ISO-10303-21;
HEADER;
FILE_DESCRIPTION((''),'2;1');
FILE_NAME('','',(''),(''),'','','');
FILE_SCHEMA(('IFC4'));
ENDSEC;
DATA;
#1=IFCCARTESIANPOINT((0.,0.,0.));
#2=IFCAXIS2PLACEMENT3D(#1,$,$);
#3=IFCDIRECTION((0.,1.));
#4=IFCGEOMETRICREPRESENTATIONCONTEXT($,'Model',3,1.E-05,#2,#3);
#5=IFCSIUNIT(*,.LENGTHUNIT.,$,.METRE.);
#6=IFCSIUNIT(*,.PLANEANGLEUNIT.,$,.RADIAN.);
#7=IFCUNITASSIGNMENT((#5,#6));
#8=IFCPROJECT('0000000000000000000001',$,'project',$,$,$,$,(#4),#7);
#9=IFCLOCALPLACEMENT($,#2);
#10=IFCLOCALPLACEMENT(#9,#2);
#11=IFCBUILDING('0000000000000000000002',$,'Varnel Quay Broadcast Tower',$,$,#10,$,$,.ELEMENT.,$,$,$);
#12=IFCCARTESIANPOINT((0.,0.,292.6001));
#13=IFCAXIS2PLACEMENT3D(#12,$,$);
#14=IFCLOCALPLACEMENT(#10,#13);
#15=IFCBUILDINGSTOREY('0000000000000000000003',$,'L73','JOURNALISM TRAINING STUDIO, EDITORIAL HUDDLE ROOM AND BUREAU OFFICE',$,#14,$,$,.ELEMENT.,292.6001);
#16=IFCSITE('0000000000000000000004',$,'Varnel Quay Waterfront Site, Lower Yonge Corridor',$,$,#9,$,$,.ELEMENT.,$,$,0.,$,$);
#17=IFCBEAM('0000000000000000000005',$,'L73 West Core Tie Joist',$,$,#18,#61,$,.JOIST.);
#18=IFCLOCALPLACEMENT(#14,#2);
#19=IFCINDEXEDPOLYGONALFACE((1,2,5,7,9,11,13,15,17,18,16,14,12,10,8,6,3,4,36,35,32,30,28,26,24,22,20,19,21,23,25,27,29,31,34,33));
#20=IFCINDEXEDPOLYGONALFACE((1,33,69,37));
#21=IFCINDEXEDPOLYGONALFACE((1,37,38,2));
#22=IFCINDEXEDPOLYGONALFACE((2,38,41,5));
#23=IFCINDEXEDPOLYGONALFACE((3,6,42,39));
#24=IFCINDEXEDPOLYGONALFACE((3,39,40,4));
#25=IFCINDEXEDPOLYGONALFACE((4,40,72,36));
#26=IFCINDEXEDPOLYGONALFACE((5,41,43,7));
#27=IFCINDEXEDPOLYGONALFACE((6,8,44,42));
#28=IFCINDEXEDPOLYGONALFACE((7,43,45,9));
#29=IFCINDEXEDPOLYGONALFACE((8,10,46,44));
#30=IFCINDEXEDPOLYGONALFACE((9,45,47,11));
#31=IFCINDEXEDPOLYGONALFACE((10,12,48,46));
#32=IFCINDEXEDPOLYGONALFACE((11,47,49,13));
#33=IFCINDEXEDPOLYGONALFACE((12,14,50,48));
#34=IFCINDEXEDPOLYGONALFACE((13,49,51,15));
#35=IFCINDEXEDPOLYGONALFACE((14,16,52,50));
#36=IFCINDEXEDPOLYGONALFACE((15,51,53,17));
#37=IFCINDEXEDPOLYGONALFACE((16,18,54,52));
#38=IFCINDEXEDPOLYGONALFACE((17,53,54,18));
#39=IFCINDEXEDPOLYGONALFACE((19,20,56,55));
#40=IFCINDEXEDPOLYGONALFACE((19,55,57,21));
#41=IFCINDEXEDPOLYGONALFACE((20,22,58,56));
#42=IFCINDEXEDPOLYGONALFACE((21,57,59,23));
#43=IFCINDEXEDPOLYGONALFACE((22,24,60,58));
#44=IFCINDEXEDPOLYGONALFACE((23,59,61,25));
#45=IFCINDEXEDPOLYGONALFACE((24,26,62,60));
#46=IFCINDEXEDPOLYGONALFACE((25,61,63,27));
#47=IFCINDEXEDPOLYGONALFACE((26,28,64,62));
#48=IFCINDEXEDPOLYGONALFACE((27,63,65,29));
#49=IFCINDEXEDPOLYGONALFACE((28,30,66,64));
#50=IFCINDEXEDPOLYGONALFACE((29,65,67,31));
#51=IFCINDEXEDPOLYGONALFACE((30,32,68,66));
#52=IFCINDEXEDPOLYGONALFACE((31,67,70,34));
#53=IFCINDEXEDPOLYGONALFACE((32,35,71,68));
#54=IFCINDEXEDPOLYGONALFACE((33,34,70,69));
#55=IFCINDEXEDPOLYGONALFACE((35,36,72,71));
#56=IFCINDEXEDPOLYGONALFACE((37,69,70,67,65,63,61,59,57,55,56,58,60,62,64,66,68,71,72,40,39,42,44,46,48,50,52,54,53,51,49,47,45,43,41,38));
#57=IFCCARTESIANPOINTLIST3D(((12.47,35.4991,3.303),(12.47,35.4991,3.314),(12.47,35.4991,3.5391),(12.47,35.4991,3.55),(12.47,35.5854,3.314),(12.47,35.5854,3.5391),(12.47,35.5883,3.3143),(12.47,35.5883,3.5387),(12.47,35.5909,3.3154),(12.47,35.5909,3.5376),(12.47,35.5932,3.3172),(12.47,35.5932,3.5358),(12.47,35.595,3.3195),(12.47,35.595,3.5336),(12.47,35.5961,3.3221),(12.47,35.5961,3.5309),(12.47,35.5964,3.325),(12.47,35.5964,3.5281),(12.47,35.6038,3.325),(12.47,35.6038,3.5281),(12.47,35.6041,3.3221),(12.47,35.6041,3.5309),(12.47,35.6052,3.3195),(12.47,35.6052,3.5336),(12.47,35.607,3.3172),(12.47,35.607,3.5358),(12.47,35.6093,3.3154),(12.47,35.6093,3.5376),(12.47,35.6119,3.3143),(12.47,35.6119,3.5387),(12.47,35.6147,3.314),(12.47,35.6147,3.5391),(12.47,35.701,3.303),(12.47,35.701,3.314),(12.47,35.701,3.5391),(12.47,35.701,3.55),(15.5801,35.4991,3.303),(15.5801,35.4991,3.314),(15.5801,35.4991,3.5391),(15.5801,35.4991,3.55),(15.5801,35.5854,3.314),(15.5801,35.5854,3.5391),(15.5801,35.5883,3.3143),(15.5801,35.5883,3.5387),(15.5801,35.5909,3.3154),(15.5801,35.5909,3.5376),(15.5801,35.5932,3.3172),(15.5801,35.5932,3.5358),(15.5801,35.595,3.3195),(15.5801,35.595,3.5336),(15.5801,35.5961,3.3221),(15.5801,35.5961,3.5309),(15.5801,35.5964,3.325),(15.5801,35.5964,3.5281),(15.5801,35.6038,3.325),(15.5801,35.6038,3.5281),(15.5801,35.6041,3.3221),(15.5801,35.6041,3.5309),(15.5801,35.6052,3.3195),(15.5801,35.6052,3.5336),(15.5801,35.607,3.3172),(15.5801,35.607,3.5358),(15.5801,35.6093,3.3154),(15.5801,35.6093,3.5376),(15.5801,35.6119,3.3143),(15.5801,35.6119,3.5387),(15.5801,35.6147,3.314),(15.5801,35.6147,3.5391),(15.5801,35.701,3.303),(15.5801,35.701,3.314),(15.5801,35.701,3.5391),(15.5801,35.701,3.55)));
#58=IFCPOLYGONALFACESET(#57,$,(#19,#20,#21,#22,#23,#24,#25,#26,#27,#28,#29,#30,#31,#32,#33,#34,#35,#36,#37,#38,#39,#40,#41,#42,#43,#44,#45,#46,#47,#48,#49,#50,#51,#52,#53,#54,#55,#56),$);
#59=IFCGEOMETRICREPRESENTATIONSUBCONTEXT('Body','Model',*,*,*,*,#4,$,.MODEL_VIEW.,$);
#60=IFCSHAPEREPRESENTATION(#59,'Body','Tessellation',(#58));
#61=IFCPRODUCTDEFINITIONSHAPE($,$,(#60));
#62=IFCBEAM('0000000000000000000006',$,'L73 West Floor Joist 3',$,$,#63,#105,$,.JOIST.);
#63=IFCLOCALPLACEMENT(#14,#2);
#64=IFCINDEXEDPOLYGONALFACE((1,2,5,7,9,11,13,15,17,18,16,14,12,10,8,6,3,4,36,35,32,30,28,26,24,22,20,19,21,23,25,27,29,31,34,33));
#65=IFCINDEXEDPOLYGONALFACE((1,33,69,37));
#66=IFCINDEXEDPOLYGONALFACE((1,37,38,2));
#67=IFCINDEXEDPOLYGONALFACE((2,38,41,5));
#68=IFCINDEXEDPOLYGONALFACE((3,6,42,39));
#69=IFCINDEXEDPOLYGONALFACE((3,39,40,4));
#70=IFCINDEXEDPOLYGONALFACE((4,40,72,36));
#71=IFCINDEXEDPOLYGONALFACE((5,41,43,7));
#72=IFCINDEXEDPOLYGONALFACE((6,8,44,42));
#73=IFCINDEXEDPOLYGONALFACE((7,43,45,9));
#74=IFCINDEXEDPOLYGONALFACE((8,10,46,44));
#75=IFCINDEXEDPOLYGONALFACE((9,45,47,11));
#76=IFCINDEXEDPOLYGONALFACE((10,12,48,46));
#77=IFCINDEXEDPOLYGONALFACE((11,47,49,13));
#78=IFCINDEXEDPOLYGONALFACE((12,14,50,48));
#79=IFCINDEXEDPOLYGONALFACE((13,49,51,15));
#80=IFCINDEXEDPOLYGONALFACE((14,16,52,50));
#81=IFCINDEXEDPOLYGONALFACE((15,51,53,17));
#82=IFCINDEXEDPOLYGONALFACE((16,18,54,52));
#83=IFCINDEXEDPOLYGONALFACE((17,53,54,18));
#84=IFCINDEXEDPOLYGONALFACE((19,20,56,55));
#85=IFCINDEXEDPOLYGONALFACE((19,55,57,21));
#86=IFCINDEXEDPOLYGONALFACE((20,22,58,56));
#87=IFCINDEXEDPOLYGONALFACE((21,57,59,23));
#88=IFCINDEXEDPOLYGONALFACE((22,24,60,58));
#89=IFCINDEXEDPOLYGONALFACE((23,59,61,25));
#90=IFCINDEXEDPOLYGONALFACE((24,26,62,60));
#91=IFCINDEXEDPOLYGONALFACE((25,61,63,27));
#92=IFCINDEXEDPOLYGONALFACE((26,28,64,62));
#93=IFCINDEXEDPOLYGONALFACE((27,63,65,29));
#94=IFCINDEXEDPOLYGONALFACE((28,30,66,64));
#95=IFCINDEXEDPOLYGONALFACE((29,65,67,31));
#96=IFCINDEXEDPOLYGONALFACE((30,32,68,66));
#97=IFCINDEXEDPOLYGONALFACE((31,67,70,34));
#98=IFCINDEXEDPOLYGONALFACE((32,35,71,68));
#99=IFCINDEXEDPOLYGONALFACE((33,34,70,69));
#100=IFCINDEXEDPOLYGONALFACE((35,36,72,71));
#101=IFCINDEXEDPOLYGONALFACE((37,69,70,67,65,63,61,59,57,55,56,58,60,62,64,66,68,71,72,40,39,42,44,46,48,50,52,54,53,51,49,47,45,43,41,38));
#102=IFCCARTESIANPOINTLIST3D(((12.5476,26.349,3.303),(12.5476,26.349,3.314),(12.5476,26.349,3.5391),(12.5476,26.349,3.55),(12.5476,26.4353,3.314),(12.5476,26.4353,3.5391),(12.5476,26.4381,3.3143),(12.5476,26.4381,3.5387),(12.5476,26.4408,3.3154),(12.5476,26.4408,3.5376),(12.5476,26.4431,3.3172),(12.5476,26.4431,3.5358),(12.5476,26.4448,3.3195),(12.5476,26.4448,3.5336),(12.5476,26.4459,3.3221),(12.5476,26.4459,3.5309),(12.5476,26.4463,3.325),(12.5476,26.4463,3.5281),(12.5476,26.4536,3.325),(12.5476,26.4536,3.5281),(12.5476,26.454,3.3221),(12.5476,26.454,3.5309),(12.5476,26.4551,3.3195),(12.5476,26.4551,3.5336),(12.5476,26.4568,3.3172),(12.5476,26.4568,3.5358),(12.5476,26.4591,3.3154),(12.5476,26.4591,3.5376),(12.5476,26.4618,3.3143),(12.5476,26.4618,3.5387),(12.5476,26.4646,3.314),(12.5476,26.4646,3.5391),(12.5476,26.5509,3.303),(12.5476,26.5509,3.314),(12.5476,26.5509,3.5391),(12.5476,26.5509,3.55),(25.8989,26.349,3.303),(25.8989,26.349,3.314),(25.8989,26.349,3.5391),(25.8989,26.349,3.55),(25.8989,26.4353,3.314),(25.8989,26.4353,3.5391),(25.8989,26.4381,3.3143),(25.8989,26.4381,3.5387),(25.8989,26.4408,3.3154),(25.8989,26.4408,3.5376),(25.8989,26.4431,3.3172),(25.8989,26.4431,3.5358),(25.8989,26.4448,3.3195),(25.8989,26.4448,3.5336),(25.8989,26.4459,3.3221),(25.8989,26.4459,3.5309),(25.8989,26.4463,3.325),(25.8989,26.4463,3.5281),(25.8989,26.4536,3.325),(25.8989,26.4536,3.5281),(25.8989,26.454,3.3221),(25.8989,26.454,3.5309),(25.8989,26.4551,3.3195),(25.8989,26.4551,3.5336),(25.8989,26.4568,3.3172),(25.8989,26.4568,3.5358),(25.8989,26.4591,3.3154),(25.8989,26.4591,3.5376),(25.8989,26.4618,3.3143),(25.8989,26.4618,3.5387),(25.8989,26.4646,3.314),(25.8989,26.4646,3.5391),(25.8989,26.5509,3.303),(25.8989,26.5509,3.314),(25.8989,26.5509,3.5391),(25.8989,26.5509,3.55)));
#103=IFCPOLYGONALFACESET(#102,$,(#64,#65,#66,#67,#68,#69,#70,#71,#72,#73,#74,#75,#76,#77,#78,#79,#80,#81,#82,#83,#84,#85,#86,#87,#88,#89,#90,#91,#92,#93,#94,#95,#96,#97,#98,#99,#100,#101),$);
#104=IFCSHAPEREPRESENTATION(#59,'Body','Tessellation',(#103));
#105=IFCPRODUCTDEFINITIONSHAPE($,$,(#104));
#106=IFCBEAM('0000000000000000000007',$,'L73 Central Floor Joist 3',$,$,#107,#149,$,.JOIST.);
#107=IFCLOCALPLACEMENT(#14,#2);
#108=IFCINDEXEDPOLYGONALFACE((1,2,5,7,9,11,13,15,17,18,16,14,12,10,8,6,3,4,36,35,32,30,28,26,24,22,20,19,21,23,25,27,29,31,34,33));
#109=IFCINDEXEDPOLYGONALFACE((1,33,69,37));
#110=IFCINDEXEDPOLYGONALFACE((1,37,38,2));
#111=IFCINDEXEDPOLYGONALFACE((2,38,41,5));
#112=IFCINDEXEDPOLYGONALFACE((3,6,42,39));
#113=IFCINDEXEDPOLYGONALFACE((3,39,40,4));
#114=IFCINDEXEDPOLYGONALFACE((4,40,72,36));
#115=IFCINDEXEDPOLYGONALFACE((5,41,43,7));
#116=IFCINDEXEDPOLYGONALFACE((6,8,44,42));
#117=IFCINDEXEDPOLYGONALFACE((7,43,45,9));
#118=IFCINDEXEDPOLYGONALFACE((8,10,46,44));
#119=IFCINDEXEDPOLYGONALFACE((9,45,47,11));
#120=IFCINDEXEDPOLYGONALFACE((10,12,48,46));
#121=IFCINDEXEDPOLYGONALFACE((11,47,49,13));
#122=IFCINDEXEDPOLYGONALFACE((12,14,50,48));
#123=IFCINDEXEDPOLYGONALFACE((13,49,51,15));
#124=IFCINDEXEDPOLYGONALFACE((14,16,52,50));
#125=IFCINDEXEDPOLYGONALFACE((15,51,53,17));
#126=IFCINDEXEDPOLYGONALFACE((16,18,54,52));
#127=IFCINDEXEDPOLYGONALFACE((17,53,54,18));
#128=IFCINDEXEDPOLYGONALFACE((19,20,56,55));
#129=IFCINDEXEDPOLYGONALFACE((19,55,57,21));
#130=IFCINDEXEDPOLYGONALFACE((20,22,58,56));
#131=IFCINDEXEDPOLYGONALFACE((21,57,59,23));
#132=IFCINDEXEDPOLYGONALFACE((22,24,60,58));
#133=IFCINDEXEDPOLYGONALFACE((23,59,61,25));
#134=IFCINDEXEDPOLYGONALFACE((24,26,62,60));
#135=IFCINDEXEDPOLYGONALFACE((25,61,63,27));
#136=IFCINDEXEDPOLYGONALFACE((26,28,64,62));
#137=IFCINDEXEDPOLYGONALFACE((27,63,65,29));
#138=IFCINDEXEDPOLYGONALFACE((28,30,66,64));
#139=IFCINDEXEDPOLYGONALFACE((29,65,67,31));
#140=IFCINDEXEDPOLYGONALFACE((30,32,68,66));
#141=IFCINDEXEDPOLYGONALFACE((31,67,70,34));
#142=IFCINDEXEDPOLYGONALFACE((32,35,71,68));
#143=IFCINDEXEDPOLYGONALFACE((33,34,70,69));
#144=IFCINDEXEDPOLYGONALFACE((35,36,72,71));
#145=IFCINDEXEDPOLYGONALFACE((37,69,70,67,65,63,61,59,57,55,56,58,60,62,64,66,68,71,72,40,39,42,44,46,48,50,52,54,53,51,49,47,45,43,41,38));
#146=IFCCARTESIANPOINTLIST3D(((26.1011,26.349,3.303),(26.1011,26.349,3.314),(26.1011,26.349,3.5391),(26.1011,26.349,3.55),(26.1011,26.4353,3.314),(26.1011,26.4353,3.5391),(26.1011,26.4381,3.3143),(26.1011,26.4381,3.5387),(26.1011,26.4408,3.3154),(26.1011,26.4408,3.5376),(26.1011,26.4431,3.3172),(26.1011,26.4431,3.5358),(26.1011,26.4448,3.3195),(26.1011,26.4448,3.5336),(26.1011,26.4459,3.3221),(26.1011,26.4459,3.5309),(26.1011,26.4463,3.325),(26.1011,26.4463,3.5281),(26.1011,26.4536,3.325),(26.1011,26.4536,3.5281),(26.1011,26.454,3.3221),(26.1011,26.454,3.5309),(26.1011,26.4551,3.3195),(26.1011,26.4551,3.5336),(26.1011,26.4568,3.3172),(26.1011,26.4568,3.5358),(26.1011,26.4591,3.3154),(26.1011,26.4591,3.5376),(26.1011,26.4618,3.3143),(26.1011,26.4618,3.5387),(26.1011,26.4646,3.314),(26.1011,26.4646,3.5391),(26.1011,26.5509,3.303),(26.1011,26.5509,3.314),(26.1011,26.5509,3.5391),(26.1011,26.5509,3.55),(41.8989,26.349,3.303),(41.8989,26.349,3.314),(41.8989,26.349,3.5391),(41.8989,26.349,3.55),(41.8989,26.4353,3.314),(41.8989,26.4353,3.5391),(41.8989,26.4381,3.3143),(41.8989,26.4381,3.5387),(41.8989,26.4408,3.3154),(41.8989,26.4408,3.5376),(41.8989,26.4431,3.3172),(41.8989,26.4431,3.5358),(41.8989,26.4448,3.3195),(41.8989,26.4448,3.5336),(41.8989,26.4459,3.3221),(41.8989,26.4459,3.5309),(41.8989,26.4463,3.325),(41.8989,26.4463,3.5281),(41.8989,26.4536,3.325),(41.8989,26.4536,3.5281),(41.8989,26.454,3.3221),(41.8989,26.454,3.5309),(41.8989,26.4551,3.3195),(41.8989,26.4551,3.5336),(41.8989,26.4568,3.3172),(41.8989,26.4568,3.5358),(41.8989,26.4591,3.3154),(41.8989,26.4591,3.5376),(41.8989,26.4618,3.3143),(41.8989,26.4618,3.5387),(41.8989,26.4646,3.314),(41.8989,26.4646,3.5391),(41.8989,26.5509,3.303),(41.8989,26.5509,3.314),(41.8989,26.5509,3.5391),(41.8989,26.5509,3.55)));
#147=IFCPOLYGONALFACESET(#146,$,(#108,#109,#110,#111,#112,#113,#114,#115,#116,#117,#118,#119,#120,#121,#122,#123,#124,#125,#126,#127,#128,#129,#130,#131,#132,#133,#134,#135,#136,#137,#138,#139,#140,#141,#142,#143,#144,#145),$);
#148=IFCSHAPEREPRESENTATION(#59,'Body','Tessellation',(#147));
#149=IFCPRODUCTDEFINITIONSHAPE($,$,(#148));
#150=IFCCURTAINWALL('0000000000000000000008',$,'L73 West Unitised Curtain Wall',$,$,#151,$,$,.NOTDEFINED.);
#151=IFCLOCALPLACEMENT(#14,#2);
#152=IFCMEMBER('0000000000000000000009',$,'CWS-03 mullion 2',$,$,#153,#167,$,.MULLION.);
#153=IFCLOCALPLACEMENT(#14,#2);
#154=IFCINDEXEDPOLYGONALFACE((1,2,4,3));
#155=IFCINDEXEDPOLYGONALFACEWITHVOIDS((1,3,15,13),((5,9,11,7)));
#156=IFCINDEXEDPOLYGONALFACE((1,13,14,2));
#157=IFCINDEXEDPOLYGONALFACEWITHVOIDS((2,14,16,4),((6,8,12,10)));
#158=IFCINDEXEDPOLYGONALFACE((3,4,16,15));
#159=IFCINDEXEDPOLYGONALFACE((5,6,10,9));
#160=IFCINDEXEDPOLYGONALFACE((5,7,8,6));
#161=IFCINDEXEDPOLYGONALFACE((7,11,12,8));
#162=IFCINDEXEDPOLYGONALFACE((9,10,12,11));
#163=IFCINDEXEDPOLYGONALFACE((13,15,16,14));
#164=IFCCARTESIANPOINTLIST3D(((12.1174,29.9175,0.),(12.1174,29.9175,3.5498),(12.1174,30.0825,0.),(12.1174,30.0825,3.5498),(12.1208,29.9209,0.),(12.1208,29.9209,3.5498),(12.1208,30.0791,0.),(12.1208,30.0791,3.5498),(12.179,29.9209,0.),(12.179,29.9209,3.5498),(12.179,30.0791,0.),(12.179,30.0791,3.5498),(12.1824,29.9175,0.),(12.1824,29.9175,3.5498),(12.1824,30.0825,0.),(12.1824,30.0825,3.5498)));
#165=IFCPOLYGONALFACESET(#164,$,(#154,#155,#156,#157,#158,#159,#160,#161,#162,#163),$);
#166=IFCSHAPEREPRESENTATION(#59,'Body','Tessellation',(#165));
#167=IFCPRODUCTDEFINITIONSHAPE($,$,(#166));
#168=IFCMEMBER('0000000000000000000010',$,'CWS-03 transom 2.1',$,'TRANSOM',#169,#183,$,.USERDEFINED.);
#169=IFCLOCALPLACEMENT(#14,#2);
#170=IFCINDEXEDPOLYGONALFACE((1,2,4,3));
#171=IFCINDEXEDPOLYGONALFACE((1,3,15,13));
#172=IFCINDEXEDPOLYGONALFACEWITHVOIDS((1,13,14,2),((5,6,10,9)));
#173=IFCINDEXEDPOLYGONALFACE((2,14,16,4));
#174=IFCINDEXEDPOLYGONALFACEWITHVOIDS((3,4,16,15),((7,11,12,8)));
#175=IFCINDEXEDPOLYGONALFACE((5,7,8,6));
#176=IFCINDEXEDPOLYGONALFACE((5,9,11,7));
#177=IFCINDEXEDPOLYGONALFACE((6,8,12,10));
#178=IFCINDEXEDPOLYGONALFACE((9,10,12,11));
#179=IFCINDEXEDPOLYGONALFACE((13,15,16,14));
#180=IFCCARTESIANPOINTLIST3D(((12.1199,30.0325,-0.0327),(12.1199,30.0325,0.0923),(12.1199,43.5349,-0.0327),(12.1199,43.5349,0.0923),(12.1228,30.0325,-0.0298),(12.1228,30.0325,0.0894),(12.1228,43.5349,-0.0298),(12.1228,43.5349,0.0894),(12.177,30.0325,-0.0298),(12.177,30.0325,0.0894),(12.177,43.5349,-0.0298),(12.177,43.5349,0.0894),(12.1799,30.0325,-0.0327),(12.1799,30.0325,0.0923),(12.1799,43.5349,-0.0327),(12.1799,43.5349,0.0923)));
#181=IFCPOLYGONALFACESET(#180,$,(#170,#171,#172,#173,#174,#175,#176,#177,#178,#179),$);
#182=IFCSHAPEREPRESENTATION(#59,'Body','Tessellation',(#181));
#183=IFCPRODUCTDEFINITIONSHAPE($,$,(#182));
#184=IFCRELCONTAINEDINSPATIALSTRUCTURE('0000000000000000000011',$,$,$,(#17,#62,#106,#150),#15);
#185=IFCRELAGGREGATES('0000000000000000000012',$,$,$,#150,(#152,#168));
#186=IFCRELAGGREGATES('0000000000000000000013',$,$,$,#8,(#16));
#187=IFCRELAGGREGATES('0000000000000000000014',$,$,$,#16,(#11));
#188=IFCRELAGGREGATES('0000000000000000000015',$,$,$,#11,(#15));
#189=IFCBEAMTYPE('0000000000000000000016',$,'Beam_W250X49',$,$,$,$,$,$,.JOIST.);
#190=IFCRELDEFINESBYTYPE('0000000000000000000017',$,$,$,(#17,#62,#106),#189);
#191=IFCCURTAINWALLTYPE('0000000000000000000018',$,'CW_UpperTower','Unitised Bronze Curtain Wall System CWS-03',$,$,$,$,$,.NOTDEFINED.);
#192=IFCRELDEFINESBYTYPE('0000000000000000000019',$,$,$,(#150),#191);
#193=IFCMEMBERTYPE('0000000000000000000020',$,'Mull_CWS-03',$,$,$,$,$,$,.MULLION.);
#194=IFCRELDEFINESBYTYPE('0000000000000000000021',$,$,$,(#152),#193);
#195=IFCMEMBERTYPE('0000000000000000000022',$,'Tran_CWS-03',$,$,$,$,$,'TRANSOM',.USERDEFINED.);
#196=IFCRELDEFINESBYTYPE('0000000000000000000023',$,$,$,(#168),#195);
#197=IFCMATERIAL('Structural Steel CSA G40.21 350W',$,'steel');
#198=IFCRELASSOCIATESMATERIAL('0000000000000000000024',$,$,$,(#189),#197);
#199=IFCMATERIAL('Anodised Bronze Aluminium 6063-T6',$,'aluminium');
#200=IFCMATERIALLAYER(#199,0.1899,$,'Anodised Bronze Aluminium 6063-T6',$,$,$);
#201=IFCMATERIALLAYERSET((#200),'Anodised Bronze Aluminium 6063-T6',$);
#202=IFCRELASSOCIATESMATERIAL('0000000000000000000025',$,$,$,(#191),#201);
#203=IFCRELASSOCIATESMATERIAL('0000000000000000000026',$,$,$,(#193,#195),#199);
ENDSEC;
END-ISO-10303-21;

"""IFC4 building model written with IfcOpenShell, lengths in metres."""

from ifc_helpers import new_model, si_unit, direction, frame, origin, origin_2d, place, context, subcontext, project, spatial, hollow_rectangle, i_section, extrude, source, transform, mapped, material, layer, layer_set, material_profile, profile_set, type_object, type_shapes, element, aggregate, save


model = new_model("IFC4")

# Units and contexts
model_context = context("Model", 3, precision=1e-05, world=origin(), true_north=direction((0.0, 1.0)))
body_context = subcontext(model_context, "Body", "Model", "MODEL_VIEW")
ifc_project = project(units=[si_unit("LENGTHUNIT", "METRE"), si_unit("PLANEANGLEUNIT", "RADIAN")], contexts=[model_context])

# Site, building, storey
site_placement = place(None, origin())
site = spatial("IfcSite", under=ifc_project, at=site_placement, Name="Varnel Quay Waterfront Site, Lower Yonge Corridor", CompositionType="ELEMENT", RefElevation=0.0)
building_placement = place(site_placement, origin())
building = spatial("IfcBuilding", under=site, at=building_placement, Name="Varnel Quay Broadcast Tower", CompositionType="ELEMENT")
storey_placement = place(building_placement, frame((0.0, 0.0, 292.6001)))
storey = spatial("IfcBuildingStorey", under=building, at=storey_placement, Name="L73", Description="JOURNALISM TRAINING STUDIO, EDITORIAL HUDDLE ROOM AND BUREAU OFFICE", CompositionType="ELEMENT", Elevation=292.6001)

# Shared definitions
ifc_material_1 = material(Name="Structural Steel CSA G40.21 350W", Category="steel")

# Beams
ifc_material_profile_1 = material_profile(ifc_material_1, i_section(OverallWidth=0.2019, OverallDepth=0.2471, WebThickness=0.0073, FlangeThickness=0.011, FilletRadius=0.011, at=origin_2d()), Name="W250X49")
ifc_profile_set_1 = profile_set([ifc_material_profile_1], Name="Structural Steel CSA G40.21 350W")
beam_type_1 = type_object("IfcBeamType", Name="Beam_W250X49", PredefinedType="JOIST", material=ifc_profile_set_1)
shared_shape_1 = source(origin(), body_context, "Body", "SweptSolid", [
    extrude(i_section(OverallWidth=0.2019, OverallDepth=0.2471, WebThickness=0.0073, FlangeThickness=0.011, FilletRadius=0.011, at=origin_2d()), origin(), (0.0, 0.0, 1.0), 3.1101),
])
beam_1_placement = place(storey_placement, frame((12.47, 35.6001, 3.4265), z_axis=(1.0, 0.0, 0.0), x_axis=(0.0, 1.0, 0.0)))
element("IfcBeam", 1, at=beam_1_placement, inside=storey, type_object=beam_type_1, Name="L73 West Core Tie Joist", PredefinedType="JOIST", context=body_context, shape_type="MappedRepresentation", body=[
    mapped(shared_shape_1, transform((0.0, 0.0, 0.0), x_axis=(1.0, 0.0, 0.0), y_axis=(0.0, 1.0, 0.0), z_axis=(0.0, 0.0, 1.0), scale=1.0)),
])
shared_shape_2 = source(origin(), body_context, "Body", "SweptSolid", [
    extrude(i_section(OverallWidth=0.2019, OverallDepth=0.2471, WebThickness=0.0073, FlangeThickness=0.011, FilletRadius=0.011, at=origin_2d()), origin(), (0.0, 0.0, 1.0), 13.3513),
])
beam_2_placement = place(storey_placement, frame((12.5476, 26.45, 3.4265), z_axis=(1.0, 0.0, 0.0), x_axis=(0.0, 1.0, 0.0)))
element("IfcBeam", 2, at=beam_2_placement, inside=storey, type_object=beam_type_1, Name="L73 West Floor Joist 3", PredefinedType="JOIST", context=body_context, shape_type="MappedRepresentation", body=[
    mapped(shared_shape_2, transform((0.0, 0.0, 0.0), x_axis=(1.0, 0.0, 0.0), y_axis=(0.0, 1.0, 0.0), z_axis=(0.0, 0.0, 1.0), scale=1.0)),
])
shared_shape_3 = source(origin(), body_context, "Body", "SweptSolid", [
    extrude(i_section(OverallWidth=0.2019, OverallDepth=0.2471, WebThickness=0.0073, FlangeThickness=0.011, FilletRadius=0.011, at=origin_2d()), origin(), (0.0, 0.0, 1.0), 15.7979),
])
type_shapes(beam_type_1, [shared_shape_1, shared_shape_2, shared_shape_3])
beam_3_placement = place(storey_placement, frame((26.1011, 26.45, 3.4265), z_axis=(1.0, 0.0, 0.0), x_axis=(0.0, 1.0, 0.0)))
element("IfcBeam", 3, at=beam_3_placement, inside=storey, type_object=beam_type_1, Name="L73 Central Floor Joist 3", PredefinedType="JOIST", context=body_context, shape_type="MappedRepresentation", body=[
    mapped(shared_shape_3, transform((0.0, 0.0, 0.0), x_axis=(1.0, 0.0, 0.0), y_axis=(0.0, 1.0, 0.0), z_axis=(0.0, 0.0, 1.0), scale=1.0)),
])

# Curtain wall, members
ifc_material_2 = material(Name="Anodised Bronze Aluminium 6063-T6", Category="aluminium")
ifc_layer_1 = layer(ifc_material_2, 0.1899, Name="Anodised Bronze Aluminium 6063-T6")
ifc_layer_set_1 = layer_set([ifc_layer_1], Name="Anodised Bronze Aluminium 6063-T6")
curtain_wall_type = type_object("IfcCurtainWallType", Name="CW_UpperTower", Description="Unitised Bronze Curtain Wall System CWS-03", PredefinedType="NOTDEFINED", material=ifc_layer_set_1)
curtain_wall_placement = place(storey_placement, origin())
curtain_wall = element("IfcCurtainWall", 4, at=curtain_wall_placement, inside=storey, type_object=curtain_wall_type, Name="L73 West Unitised Curtain Wall", PredefinedType="NOTDEFINED")
ifc_material_profile_2 = material_profile(ifc_material_2, hollow_rectangle(XDim=0.0649, YDim=0.165, WallThickness=0.0034, at=origin_2d()), Name="ALU65X165X3.5")
ifc_profile_set_2 = profile_set([ifc_material_profile_2], Name="Anodised Bronze Aluminium 6063-T6")
member_type_1 = type_object("IfcMemberType", Name="Mull_CWS-03", PredefinedType="MULLION", material=ifc_profile_set_2)
shared_shape_4 = source(origin(), body_context, "Body", "SweptSolid", [
    extrude(hollow_rectangle(XDim=0.0649, YDim=0.165, WallThickness=0.0034, at=origin_2d()), origin(), (0.0, 0.0, 1.0), 3.5498),
])
type_shapes(member_type_1, [shared_shape_4])
member_1_placement = place(storey_placement, frame((12.1499, 30.0, 0.0), z_axis=(0.0, 0.0, 1.0), x_axis=(-1.0, 0.0, 0.0)))
member_1 = element("IfcMember", 5, at=member_1_placement, type_object=member_type_1, Name="CWS-03 mullion 2", PredefinedType="MULLION", context=body_context, shape_type="MappedRepresentation", body=[
    mapped(shared_shape_4, transform((0.0, 0.0, 0.0), x_axis=(1.0, 0.0, 0.0), y_axis=(0.0, 1.0, 0.0), z_axis=(0.0, 0.0, 1.0), scale=1.0)),
])
ifc_material_profile_3 = material_profile(ifc_material_2, hollow_rectangle(XDim=0.0601, YDim=0.125, WallThickness=0.0029, at=origin_2d()), Name="ALU60X125X3")
ifc_profile_set_3 = profile_set([ifc_material_profile_3], Name="Anodised Bronze Aluminium 6063-T6")
member_type_2 = type_object("IfcMemberType", Name="Tran_CWS-03", ElementType="TRANSOM", PredefinedType="USERDEFINED", material=ifc_profile_set_3)
shared_shape_5 = source(origin(), body_context, "Body", "SweptSolid", [
    extrude(hollow_rectangle(XDim=0.0601, YDim=0.125, WallThickness=0.0029, at=origin_2d()), origin(), (0.0, 0.0, 1.0), 13.5024),
])
type_shapes(member_type_2, [shared_shape_5])
member_2_placement = place(storey_placement, frame((12.1499, 30.0325, 0.0298), z_axis=(0.0, 1.0, 0.0), x_axis=(-1.0, 0.0, 0.0)))
member_2 = element("IfcMember", 6, at=member_2_placement, type_object=member_type_2, Name="CWS-03 transom 2.1", ObjectType="TRANSOM", PredefinedType="USERDEFINED", context=body_context, shape_type="MappedRepresentation", body=[
    mapped(shared_shape_5, transform((0.0, 0.0, 0.0), x_axis=(1.0, 0.0, 0.0), y_axis=(0.0, 1.0, 0.0), z_axis=(0.0, 0.0, 1.0), scale=1.0)),
])

aggregate(curtain_wall, [member_1, member_2])

save(model, "model.ifc")
